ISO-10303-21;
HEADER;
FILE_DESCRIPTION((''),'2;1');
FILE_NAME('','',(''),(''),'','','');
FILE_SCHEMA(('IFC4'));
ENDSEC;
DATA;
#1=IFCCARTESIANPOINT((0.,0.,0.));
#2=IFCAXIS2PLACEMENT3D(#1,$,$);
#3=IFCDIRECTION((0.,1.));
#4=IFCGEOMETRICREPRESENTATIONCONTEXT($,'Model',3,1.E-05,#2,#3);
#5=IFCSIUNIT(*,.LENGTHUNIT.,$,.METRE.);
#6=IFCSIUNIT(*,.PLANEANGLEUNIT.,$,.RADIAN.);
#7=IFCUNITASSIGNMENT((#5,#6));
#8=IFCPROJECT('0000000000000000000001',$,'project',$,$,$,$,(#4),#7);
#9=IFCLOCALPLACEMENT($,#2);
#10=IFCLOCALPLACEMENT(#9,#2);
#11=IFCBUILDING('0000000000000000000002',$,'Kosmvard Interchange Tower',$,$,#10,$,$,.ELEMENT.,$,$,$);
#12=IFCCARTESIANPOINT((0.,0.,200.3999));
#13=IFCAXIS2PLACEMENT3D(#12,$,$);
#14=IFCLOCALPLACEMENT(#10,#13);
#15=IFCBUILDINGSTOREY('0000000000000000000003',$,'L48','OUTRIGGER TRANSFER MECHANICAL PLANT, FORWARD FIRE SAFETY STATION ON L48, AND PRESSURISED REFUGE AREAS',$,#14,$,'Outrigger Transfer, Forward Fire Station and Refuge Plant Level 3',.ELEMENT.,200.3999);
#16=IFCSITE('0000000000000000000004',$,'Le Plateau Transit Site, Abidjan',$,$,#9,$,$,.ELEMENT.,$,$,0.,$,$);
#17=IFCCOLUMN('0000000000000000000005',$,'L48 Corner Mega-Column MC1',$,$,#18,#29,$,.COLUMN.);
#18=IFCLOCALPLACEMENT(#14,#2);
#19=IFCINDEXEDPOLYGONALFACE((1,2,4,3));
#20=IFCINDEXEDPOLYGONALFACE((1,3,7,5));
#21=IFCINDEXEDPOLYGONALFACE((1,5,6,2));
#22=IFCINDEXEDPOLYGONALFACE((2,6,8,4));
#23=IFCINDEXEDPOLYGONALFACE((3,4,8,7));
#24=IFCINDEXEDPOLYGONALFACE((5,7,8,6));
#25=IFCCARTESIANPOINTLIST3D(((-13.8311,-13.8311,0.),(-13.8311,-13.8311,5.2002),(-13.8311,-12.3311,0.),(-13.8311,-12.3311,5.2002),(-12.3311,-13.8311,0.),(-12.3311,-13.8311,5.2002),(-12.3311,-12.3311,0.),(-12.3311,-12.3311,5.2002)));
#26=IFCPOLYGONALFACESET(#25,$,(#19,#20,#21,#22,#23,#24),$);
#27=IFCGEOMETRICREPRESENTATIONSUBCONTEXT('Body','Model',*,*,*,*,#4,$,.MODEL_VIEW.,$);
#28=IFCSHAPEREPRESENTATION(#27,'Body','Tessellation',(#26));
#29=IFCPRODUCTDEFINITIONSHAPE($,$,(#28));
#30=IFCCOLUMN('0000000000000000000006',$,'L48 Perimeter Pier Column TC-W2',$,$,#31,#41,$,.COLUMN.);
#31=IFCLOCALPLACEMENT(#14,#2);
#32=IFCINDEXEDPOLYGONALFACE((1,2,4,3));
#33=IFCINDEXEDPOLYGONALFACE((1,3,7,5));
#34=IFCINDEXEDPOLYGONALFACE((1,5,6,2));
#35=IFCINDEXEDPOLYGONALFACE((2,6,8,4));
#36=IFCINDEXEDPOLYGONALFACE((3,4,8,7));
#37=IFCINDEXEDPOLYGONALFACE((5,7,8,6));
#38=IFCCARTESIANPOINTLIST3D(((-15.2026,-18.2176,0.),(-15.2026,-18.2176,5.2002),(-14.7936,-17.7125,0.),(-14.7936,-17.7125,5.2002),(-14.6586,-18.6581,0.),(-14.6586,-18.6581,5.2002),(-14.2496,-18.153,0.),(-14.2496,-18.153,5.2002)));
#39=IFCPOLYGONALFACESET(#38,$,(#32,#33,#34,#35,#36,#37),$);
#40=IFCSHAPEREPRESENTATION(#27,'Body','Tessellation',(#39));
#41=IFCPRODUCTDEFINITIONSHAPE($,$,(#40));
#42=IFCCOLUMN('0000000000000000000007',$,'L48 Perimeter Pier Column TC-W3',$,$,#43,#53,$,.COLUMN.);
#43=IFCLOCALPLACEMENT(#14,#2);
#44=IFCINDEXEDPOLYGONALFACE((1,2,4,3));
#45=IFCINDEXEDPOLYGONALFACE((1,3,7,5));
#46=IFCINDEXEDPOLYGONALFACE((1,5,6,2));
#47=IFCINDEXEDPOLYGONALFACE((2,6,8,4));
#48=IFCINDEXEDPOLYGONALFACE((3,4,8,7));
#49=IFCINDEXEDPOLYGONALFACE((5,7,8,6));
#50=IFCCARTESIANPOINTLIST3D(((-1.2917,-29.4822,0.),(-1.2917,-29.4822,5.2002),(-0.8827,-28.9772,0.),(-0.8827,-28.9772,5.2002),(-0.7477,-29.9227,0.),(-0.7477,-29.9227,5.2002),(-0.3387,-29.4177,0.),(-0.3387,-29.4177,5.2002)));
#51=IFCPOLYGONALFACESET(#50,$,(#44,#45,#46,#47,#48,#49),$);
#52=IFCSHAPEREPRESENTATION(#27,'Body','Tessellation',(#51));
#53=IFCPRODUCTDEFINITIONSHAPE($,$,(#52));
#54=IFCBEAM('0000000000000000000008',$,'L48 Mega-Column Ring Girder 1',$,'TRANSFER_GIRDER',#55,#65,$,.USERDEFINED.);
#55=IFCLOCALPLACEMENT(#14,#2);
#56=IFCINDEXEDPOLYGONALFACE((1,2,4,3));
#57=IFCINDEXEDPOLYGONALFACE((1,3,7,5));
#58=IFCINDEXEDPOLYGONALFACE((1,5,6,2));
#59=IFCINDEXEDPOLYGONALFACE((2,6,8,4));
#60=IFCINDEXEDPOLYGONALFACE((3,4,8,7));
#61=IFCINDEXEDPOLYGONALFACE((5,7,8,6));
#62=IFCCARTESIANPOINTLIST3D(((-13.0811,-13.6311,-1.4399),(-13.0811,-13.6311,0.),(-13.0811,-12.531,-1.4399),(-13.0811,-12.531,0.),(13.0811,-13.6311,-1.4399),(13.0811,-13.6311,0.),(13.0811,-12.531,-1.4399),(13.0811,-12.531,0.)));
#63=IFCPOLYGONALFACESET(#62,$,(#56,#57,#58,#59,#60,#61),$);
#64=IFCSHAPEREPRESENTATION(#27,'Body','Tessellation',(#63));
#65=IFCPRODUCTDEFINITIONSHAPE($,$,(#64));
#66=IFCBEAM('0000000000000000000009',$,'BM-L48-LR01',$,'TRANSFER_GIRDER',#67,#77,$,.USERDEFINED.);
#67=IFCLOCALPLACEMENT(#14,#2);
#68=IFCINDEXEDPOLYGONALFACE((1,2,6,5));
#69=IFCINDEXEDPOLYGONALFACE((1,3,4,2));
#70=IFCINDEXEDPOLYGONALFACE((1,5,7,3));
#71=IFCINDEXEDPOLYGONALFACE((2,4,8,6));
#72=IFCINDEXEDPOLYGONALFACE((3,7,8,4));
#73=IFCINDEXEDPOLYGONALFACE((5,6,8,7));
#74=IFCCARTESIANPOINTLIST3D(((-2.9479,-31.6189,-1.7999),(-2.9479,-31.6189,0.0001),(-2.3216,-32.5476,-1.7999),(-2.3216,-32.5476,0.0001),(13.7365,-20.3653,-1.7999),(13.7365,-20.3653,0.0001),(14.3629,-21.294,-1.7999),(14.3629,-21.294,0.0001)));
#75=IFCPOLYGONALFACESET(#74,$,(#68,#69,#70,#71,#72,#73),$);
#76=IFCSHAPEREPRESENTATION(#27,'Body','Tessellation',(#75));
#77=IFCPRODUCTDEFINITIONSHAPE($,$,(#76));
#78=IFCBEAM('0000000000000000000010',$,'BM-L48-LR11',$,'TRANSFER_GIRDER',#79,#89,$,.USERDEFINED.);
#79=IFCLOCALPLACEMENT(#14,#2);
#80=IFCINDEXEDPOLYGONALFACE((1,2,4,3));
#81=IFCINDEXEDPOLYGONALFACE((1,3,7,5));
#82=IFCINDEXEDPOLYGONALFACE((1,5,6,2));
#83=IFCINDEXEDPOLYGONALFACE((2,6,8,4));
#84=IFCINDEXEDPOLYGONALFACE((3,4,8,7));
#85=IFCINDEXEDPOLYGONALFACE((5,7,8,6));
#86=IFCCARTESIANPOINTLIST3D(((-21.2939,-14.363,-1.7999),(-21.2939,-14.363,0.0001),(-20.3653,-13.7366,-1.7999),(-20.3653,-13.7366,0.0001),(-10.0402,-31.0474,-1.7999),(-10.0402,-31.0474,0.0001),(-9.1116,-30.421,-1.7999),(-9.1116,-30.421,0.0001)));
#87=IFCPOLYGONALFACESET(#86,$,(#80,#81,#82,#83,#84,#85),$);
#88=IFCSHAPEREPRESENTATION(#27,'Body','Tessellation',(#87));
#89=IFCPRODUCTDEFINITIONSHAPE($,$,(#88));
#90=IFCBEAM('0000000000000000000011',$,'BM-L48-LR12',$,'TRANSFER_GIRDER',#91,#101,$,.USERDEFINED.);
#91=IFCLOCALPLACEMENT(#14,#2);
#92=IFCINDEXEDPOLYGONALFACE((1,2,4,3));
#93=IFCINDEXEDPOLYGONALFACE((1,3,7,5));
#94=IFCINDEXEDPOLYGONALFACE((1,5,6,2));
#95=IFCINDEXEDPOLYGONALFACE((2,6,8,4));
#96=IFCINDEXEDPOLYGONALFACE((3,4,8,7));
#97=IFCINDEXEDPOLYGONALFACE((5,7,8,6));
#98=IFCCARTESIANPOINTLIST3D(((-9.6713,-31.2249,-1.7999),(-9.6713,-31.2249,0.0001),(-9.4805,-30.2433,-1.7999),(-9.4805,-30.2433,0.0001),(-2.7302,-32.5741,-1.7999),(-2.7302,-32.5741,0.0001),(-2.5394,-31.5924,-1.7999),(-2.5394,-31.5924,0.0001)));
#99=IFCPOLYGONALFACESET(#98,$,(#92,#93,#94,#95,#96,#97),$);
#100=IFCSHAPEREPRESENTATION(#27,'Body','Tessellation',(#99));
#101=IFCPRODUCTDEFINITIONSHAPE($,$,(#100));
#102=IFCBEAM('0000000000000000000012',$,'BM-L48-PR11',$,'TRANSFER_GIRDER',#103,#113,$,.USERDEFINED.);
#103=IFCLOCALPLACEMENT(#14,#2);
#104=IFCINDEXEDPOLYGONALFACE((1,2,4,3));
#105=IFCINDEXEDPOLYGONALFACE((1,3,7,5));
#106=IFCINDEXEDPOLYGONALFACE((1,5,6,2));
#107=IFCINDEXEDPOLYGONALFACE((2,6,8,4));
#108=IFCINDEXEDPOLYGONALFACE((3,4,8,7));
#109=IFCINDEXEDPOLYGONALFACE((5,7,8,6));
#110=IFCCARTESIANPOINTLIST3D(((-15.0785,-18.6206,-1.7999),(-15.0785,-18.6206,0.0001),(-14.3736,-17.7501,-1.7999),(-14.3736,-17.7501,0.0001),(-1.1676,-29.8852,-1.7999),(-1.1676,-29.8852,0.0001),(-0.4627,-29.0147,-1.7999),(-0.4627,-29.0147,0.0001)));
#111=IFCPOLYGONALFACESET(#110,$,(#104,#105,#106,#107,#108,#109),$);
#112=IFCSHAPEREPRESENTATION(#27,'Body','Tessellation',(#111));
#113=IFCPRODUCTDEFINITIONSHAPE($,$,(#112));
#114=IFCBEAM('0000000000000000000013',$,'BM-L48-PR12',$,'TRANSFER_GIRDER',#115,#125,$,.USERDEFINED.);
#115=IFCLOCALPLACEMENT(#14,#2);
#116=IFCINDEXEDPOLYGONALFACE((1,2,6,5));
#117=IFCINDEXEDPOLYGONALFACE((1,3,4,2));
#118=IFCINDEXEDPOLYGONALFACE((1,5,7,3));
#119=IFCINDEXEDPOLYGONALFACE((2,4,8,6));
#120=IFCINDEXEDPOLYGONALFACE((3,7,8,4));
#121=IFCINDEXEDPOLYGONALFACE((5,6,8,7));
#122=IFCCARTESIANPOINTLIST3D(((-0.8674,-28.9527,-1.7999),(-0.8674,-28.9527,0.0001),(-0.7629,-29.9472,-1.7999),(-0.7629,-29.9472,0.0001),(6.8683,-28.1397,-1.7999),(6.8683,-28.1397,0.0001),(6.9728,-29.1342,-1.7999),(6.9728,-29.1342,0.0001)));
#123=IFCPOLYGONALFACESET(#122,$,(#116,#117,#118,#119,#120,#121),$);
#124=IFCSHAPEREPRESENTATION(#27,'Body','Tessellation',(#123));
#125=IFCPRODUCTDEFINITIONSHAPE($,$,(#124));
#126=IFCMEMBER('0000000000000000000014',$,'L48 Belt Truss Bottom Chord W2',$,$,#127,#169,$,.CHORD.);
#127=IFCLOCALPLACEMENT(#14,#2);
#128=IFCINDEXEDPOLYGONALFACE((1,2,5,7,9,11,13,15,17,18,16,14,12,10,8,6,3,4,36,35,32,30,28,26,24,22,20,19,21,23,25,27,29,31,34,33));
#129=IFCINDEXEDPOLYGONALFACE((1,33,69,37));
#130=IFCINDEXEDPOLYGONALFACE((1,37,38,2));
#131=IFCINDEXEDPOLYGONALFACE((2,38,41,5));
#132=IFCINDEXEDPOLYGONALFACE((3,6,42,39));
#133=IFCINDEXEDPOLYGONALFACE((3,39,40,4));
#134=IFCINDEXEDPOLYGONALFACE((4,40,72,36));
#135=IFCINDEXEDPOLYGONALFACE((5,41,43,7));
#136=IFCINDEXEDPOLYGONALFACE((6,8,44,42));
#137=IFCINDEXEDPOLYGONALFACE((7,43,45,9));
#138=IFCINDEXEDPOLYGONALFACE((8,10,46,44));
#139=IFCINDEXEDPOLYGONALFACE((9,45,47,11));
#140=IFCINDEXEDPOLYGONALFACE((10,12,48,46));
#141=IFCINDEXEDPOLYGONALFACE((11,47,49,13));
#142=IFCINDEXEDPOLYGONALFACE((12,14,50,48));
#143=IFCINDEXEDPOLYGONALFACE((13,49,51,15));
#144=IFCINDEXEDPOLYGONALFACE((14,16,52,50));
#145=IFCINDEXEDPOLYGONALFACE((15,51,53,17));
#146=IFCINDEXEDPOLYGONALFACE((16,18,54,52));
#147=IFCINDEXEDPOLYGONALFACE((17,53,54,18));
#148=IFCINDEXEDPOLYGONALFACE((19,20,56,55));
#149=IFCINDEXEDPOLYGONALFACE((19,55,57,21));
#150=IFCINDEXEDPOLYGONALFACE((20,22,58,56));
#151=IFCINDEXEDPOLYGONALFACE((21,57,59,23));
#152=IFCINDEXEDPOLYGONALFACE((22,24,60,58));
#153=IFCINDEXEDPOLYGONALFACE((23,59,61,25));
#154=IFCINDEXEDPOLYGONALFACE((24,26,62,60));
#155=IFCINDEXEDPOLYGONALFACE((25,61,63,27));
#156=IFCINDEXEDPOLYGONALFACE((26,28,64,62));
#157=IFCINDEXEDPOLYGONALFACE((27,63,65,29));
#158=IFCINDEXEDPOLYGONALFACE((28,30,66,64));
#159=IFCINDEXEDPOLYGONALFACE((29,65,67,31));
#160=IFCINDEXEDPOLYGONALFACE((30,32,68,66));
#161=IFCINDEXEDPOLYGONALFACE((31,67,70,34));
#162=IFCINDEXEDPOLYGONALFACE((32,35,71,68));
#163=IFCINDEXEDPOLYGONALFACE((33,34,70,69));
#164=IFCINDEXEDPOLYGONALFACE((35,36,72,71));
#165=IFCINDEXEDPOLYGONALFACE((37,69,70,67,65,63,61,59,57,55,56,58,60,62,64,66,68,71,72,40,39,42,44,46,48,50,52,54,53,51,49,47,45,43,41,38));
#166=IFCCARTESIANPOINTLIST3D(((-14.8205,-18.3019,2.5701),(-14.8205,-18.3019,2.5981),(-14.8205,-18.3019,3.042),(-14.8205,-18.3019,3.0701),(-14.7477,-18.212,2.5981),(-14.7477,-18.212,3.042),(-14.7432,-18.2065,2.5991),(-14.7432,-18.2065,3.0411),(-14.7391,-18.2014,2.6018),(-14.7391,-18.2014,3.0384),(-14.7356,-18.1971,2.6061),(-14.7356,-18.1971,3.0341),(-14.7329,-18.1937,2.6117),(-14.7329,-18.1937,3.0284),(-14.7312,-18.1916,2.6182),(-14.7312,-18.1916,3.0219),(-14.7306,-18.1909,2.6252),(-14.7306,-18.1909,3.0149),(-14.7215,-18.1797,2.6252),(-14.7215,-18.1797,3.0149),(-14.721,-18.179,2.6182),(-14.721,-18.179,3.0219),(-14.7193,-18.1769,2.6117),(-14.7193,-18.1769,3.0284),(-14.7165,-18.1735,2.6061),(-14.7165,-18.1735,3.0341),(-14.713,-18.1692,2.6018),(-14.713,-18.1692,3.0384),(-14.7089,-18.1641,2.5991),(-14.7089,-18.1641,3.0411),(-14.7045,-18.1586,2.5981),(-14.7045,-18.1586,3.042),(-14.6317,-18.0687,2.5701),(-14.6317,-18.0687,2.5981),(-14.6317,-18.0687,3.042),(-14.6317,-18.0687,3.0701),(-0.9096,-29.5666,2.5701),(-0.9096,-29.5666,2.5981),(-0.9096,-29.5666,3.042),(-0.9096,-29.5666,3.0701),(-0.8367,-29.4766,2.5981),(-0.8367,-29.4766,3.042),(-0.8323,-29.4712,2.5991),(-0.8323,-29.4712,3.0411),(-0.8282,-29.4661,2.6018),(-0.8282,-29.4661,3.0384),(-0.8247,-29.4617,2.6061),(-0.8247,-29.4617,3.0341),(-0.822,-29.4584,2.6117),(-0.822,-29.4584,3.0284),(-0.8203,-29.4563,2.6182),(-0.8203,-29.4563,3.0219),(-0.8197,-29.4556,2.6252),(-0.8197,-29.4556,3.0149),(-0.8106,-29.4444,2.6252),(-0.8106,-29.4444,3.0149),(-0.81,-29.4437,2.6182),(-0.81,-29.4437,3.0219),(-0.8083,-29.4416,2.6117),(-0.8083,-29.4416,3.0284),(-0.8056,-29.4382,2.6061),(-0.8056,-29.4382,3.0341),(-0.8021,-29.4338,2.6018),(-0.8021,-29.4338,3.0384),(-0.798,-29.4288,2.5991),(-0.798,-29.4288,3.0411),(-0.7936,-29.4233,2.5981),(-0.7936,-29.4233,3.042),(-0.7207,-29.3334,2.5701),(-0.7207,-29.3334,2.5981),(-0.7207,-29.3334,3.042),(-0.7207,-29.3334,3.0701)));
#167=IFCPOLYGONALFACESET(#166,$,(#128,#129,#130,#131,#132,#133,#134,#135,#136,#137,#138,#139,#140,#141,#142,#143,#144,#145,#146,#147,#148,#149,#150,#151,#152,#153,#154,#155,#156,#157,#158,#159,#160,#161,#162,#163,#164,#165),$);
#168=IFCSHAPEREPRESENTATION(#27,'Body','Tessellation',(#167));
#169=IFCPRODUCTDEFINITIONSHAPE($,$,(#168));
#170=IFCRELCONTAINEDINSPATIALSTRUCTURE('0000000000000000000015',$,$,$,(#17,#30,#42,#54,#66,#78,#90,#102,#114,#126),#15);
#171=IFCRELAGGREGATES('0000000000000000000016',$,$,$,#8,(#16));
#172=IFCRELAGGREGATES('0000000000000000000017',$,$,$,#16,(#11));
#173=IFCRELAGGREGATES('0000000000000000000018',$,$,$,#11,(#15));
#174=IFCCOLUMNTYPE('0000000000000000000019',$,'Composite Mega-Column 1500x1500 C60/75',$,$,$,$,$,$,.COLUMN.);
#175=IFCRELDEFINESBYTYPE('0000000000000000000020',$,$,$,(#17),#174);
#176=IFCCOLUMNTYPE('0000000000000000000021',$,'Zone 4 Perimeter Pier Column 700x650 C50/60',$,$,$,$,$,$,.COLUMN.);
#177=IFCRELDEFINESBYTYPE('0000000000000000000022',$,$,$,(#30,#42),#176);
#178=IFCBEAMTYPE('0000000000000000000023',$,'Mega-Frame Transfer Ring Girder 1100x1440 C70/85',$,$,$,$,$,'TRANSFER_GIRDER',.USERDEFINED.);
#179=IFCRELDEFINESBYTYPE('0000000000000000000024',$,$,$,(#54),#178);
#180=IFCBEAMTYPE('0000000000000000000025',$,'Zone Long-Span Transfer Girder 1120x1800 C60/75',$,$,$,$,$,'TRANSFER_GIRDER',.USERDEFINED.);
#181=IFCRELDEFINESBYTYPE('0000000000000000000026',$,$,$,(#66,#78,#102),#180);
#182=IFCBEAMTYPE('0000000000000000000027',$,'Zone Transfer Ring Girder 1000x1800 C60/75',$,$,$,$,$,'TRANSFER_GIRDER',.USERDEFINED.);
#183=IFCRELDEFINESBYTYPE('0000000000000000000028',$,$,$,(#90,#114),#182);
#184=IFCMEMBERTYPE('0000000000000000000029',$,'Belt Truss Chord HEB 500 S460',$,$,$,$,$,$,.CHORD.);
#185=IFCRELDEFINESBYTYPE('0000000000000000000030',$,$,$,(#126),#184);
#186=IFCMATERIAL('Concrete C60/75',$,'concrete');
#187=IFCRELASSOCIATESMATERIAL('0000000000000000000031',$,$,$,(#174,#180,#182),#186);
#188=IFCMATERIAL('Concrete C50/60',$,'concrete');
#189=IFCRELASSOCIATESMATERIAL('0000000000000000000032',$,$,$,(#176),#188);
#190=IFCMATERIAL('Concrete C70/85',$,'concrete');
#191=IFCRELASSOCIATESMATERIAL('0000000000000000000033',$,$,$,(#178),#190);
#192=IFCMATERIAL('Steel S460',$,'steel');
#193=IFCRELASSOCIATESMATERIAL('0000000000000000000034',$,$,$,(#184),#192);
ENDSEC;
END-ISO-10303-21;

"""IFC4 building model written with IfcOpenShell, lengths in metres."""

from ifc_helpers import new_model, si_unit, direction, frame, origin, origin_2d, place, context, subcontext, project, spatial, rectangle, i_section, extrude, source, transform, mapped, material, material_profile, profile_set, type_object, element, save


model = new_model("IFC4")

# Units and contexts
model_context = context("Model", 3, precision=1e-05, world=origin(), true_north=direction((0.0, 1.0)))
body_context = subcontext(model_context, "Body", "Model", "MODEL_VIEW")
ifc_project = project(units=[si_unit("LENGTHUNIT", "METRE"), si_unit("PLANEANGLEUNIT", "RADIAN")], contexts=[model_context])

# Site, building, storey
site_placement = place(None, origin())
site = spatial("IfcSite", under=ifc_project, at=site_placement, Name="Le Plateau Transit Site, Abidjan", CompositionType="ELEMENT", RefElevation=0.0)
building_placement = place(site_placement, origin())
building = spatial("IfcBuilding", under=site, at=building_placement, Name="Kosmvard Interchange Tower", CompositionType="ELEMENT")
storey_placement = place(building_placement, frame((0.0, 0.0, 200.3999)))
storey = spatial("IfcBuildingStorey", under=building, at=storey_placement, Name="L48", Description="OUTRIGGER TRANSFER MECHANICAL PLANT, FORWARD FIRE SAFETY STATION ON L48, AND PRESSURISED REFUGE AREAS", LongName="Outrigger Transfer, Forward Fire Station and Refuge Plant Level 3", CompositionType="ELEMENT", Elevation=200.3999)

# Columns
ifc_material_1 = material(Name="Concrete C60/75", Category="concrete")
ifc_material_profile_1 = material_profile(ifc_material_1, rectangle(XDim=1.5, YDim=1.5, at=origin_2d()), Name="MC 1500x1500")
ifc_profile_set_1 = profile_set([ifc_material_profile_1], Name="Concrete C60/75")
column_type_1 = type_object("IfcColumnType", Name="Composite Mega-Column 1500x1500 C60/75", PredefinedType="COLUMN", material=ifc_profile_set_1)
shared_shape_1 = source(origin(), body_context, "Body", "SweptSolid", [
    extrude(rectangle(XDim=1.5, YDim=1.5, at=origin_2d()), origin(), (0.0, 0.0, 1.0), 5.2002),
])
column_placement = place(storey_placement, frame((-13.0811, -13.0811, 0.0), z_axis=(0.0, 0.0, 1.0), x_axis=(1.0, 0.0, 0.0)))
element("IfcColumn", 1, at=column_placement, inside=storey, type_object=column_type_1, Name="L48 Corner Mega-Column MC1", PredefinedType="COLUMN", context=body_context, shape_type="MappedRepresentation", body=[
    mapped(shared_shape_1, transform((0.0, 0.0, 0.0), scale=1.0)),
])
ifc_material_2 = material(Name="Concrete C50/60", Category="concrete")
ifc_material_profile_2 = material_profile(ifc_material_2, rectangle(XDim=0.6499, YDim=0.7, at=origin_2d()), Name="TC 700x650")
ifc_profile_set_2 = profile_set([ifc_material_profile_2], Name="Concrete C50/60")
column_type_2 = type_object("IfcColumnType", Name="Zone 4 Perimeter Pier Column 700x650 C50/60", PredefinedType="COLUMN", material=ifc_profile_set_2)
shared_shape_2 = source(origin(), body_context, "Body", "SweptSolid", [
    extrude(rectangle(XDim=0.6499, YDim=0.7, at=origin_2d()), origin(), (0.0, 0.0, 1.0), 5.2002),
])
for number, where, z_axis, x_axis, name in (
    (2, (-14.7261, -18.1853, 0.0), (0.0, 0.0, 1.0), (0.62932, 0.777146, 0.0), "L48 Perimeter Pier Column TC-W2"),
    (3, (-0.8152, -29.45, 0.0), (0.0, 0.0, 1.0), (0.62932, 0.777146, 0.0), "L48 Perimeter Pier Column TC-W3"),
):
    element("IfcColumn", number, at=place(storey_placement, frame(where, z_axis=z_axis, x_axis=x_axis)), inside=storey, type_object=column_type_2, Name=name, PredefinedType="COLUMN", context=body_context, shape_type="MappedRepresentation", body=[
        mapped(shared_shape_2, transform((0.0, 0.0, 0.0), scale=1.0)),
    ])

# Beams
ifc_material_3 = material(Name="Concrete C70/85", Category="concrete")
ifc_material_profile_3 = material_profile(ifc_material_3, rectangle(XDim=1.1001, YDim=1.4399, at=origin_2d()), Name="TG 1100x1440")
ifc_profile_set_3 = profile_set([ifc_material_profile_3], Name="Concrete C70/85")
beam_type_1 = type_object("IfcBeamType", Name="Mega-Frame Transfer Ring Girder 1100x1440 C70/85", ElementType="TRANSFER_GIRDER", PredefinedType="USERDEFINED", material=ifc_profile_set_3)
shared_shape_3 = source(origin(), body_context, "Body", "SweptSolid", [
    extrude(rectangle(XDim=1.1001, YDim=1.4399, at=origin_2d()), origin(), (0.0, 0.0, 1.0), 26.1621),
])
beam_1_placement = place(storey_placement, frame((-13.0811, -13.0811, -0.72), z_axis=(1.0, 0.0, 0.0), x_axis=(0.0, 1.0, 0.0)))
element("IfcBeam", 4, at=beam_1_placement, inside=storey, type_object=beam_type_1, Name="L48 Mega-Column Ring Girder 1", ObjectType="TRANSFER_GIRDER", PredefinedType="USERDEFINED", context=body_context, shape_type="MappedRepresentation", body=[
    mapped(shared_shape_3, transform((0.0, 0.0, 0.0), scale=1.0)),
])
ifc_material_profile_4 = material_profile(ifc_material_1, rectangle(XDim=1.1201, YDim=1.8, at=origin_2d()), Name="TG 1120x1800")
ifc_profile_set_4 = profile_set([ifc_material_profile_4], Name="Concrete C60/75")
beam_type_2 = type_object("IfcBeamType", Name="Zone Long-Span Transfer Girder 1120x1800 C60/75", ElementType="TRANSFER_GIRDER", PredefinedType="USERDEFINED", material=ifc_profile_set_4)
shared_shape_4 = source(origin(), body_context, "Body", "SweptSolid", [
    extrude(rectangle(XDim=1.1201, YDim=1.8, at=origin_2d()), origin(), (0.0, 0.0, 1.0), 20.125),
])
for number, where, z_axis, x_axis, name in (
    (5, (-2.6348, -32.0833, -0.8999), (0.829043, 0.559185, 0.0), (-0.559185, 0.829043, 0.0), "BM-L48-LR01"),
    (6, (-20.8296, -14.0498, -0.8999), (0.559191, -0.829039, 0.0), (0.829039, 0.559191, 0.0), "BM-L48-LR11"),
):
    element("IfcBeam", number, at=place(storey_placement, frame(where, z_axis=z_axis, x_axis=x_axis)), inside=storey, type_object=beam_type_2, Name=name, ObjectType="TRANSFER_GIRDER", PredefinedType="USERDEFINED", context=body_context, shape_type="MappedRepresentation", body=[
        mapped(shared_shape_4, transform((0.0, 0.0, 0.0), scale=1.0)),
    ])
ifc_material_profile_5 = material_profile(ifc_material_1, rectangle(XDim=1.0, YDim=1.8, at=origin_2d()), Name="TG 1000x1800")
ifc_profile_set_5 = profile_set([ifc_material_profile_5], Name="Concrete C60/75")
beam_type_3 = type_object("IfcBeamType", Name="Zone Transfer Ring Girder 1000x1800 C60/75", ElementType="TRANSFER_GIRDER", PredefinedType="USERDEFINED", material=ifc_profile_set_5)
shared_shape_5 = source(origin(), body_context, "Body", "SweptSolid", [
    extrude(rectangle(XDim=1.0, YDim=1.8, at=origin_2d()), origin(), (0.0, 0.0, 1.0), 7.071),
])
beam_2_placement = place(storey_placement, frame((-9.5759, -30.7341, -0.8999), z_axis=(0.98163, -0.190795, 0.0), x_axis=(0.190795, 0.98163, 0.0)))
element("IfcBeam", 7, at=beam_2_placement, inside=storey, type_object=beam_type_3, Name="BM-L48-LR12", ObjectType="TRANSFER_GIRDER", PredefinedType="USERDEFINED", context=body_context, shape_type="MappedRepresentation", body=[
    mapped(shared_shape_5, transform((0.0, 0.0, 0.0), scale=1.0)),
])
shared_shape_6 = source(origin(), body_context, "Body", "SweptSolid", [
    extrude(rectangle(XDim=1.1201, YDim=1.8, at=origin_2d()), origin(), (0.0, 0.0, 1.0), 17.8999),
])
beam_3_placement = place(storey_placement, frame((-14.7261, -18.1853, -0.8999), z_axis=(0.777151, -0.629315, 0.0), x_axis=(0.629315, 0.777151, 0.0)))
element("IfcBeam", 8, at=beam_3_placement, inside=storey, type_object=beam_type_2, Name="BM-L48-PR11", ObjectType="TRANSFER_GIRDER", PredefinedType="USERDEFINED", context=body_context, shape_type="MappedRepresentation", body=[
    mapped(shared_shape_6, transform((0.0, 0.0, 0.0), scale=1.0)),
])
shared_shape_7 = source(origin(), body_context, "Body", "SweptSolid", [
    extrude(rectangle(XDim=1.0, YDim=1.8, at=origin_2d()), origin(), (0.0, 0.0, 1.0), 7.7783),
])
beam_4_placement = place(storey_placement, frame((-0.8152, -29.45, -0.8999), z_axis=(0.994523, 0.104521, 0.0), x_axis=(-0.104521, 0.994523, 0.0)))
element("IfcBeam", 9, at=beam_4_placement, inside=storey, type_object=beam_type_3, Name="BM-L48-PR12", ObjectType="TRANSFER_GIRDER", PredefinedType="USERDEFINED", context=body_context, shape_type="MappedRepresentation", body=[
    mapped(shared_shape_7, transform((0.0, 0.0, 0.0), scale=1.0)),
])

# Member
ifc_material_4 = material(Name="Steel S460", Category="steel")
ifc_material_profile_6 = material_profile(ifc_material_4, i_section(OverallWidth=0.3, OverallDepth=0.5, WebThickness=0.0144, FlangeThickness=0.0281, FilletRadius=0.0271, at=origin_2d()), Name="HEB 500")
ifc_profile_set_6 = profile_set([ifc_material_profile_6], Name="Steel S460")
member_type_1 = type_object("IfcMemberType", Name="Belt Truss Chord HEB 500 S460", PredefinedType="CHORD", material=ifc_profile_set_6)
shared_shape_8 = source(origin(), body_context, "Body", "SweptSolid", [
    extrude(i_section(OverallWidth=0.3, OverallDepth=0.5, WebThickness=0.0144, FlangeThickness=0.0281, FilletRadius=0.0271, at=origin_2d()), origin(), (0.0, 0.0, 1.0), 17.8999),
])
for number, where, z_axis, x_axis, name in (
    (10, (-14.7261, -18.1853, 2.8201), (0.777151, -0.629315, 0.0), (0.629315, 0.777151, 0.0), "L48 Belt Truss Bottom Chord W2"),
):
    element("IfcMember", number, at=place(storey_placement, frame(where, z_axis=z_axis, x_axis=x_axis)), inside=storey, type_object=member_type_1, Name=name, PredefinedType="CHORD", context=body_context, shape_type="MappedRepresentation", body=[
        mapped(shared_shape_8, transform((0.0, 0.0, 0.0), scale=1.0)),
    ])

save(model, "model.ifc")
